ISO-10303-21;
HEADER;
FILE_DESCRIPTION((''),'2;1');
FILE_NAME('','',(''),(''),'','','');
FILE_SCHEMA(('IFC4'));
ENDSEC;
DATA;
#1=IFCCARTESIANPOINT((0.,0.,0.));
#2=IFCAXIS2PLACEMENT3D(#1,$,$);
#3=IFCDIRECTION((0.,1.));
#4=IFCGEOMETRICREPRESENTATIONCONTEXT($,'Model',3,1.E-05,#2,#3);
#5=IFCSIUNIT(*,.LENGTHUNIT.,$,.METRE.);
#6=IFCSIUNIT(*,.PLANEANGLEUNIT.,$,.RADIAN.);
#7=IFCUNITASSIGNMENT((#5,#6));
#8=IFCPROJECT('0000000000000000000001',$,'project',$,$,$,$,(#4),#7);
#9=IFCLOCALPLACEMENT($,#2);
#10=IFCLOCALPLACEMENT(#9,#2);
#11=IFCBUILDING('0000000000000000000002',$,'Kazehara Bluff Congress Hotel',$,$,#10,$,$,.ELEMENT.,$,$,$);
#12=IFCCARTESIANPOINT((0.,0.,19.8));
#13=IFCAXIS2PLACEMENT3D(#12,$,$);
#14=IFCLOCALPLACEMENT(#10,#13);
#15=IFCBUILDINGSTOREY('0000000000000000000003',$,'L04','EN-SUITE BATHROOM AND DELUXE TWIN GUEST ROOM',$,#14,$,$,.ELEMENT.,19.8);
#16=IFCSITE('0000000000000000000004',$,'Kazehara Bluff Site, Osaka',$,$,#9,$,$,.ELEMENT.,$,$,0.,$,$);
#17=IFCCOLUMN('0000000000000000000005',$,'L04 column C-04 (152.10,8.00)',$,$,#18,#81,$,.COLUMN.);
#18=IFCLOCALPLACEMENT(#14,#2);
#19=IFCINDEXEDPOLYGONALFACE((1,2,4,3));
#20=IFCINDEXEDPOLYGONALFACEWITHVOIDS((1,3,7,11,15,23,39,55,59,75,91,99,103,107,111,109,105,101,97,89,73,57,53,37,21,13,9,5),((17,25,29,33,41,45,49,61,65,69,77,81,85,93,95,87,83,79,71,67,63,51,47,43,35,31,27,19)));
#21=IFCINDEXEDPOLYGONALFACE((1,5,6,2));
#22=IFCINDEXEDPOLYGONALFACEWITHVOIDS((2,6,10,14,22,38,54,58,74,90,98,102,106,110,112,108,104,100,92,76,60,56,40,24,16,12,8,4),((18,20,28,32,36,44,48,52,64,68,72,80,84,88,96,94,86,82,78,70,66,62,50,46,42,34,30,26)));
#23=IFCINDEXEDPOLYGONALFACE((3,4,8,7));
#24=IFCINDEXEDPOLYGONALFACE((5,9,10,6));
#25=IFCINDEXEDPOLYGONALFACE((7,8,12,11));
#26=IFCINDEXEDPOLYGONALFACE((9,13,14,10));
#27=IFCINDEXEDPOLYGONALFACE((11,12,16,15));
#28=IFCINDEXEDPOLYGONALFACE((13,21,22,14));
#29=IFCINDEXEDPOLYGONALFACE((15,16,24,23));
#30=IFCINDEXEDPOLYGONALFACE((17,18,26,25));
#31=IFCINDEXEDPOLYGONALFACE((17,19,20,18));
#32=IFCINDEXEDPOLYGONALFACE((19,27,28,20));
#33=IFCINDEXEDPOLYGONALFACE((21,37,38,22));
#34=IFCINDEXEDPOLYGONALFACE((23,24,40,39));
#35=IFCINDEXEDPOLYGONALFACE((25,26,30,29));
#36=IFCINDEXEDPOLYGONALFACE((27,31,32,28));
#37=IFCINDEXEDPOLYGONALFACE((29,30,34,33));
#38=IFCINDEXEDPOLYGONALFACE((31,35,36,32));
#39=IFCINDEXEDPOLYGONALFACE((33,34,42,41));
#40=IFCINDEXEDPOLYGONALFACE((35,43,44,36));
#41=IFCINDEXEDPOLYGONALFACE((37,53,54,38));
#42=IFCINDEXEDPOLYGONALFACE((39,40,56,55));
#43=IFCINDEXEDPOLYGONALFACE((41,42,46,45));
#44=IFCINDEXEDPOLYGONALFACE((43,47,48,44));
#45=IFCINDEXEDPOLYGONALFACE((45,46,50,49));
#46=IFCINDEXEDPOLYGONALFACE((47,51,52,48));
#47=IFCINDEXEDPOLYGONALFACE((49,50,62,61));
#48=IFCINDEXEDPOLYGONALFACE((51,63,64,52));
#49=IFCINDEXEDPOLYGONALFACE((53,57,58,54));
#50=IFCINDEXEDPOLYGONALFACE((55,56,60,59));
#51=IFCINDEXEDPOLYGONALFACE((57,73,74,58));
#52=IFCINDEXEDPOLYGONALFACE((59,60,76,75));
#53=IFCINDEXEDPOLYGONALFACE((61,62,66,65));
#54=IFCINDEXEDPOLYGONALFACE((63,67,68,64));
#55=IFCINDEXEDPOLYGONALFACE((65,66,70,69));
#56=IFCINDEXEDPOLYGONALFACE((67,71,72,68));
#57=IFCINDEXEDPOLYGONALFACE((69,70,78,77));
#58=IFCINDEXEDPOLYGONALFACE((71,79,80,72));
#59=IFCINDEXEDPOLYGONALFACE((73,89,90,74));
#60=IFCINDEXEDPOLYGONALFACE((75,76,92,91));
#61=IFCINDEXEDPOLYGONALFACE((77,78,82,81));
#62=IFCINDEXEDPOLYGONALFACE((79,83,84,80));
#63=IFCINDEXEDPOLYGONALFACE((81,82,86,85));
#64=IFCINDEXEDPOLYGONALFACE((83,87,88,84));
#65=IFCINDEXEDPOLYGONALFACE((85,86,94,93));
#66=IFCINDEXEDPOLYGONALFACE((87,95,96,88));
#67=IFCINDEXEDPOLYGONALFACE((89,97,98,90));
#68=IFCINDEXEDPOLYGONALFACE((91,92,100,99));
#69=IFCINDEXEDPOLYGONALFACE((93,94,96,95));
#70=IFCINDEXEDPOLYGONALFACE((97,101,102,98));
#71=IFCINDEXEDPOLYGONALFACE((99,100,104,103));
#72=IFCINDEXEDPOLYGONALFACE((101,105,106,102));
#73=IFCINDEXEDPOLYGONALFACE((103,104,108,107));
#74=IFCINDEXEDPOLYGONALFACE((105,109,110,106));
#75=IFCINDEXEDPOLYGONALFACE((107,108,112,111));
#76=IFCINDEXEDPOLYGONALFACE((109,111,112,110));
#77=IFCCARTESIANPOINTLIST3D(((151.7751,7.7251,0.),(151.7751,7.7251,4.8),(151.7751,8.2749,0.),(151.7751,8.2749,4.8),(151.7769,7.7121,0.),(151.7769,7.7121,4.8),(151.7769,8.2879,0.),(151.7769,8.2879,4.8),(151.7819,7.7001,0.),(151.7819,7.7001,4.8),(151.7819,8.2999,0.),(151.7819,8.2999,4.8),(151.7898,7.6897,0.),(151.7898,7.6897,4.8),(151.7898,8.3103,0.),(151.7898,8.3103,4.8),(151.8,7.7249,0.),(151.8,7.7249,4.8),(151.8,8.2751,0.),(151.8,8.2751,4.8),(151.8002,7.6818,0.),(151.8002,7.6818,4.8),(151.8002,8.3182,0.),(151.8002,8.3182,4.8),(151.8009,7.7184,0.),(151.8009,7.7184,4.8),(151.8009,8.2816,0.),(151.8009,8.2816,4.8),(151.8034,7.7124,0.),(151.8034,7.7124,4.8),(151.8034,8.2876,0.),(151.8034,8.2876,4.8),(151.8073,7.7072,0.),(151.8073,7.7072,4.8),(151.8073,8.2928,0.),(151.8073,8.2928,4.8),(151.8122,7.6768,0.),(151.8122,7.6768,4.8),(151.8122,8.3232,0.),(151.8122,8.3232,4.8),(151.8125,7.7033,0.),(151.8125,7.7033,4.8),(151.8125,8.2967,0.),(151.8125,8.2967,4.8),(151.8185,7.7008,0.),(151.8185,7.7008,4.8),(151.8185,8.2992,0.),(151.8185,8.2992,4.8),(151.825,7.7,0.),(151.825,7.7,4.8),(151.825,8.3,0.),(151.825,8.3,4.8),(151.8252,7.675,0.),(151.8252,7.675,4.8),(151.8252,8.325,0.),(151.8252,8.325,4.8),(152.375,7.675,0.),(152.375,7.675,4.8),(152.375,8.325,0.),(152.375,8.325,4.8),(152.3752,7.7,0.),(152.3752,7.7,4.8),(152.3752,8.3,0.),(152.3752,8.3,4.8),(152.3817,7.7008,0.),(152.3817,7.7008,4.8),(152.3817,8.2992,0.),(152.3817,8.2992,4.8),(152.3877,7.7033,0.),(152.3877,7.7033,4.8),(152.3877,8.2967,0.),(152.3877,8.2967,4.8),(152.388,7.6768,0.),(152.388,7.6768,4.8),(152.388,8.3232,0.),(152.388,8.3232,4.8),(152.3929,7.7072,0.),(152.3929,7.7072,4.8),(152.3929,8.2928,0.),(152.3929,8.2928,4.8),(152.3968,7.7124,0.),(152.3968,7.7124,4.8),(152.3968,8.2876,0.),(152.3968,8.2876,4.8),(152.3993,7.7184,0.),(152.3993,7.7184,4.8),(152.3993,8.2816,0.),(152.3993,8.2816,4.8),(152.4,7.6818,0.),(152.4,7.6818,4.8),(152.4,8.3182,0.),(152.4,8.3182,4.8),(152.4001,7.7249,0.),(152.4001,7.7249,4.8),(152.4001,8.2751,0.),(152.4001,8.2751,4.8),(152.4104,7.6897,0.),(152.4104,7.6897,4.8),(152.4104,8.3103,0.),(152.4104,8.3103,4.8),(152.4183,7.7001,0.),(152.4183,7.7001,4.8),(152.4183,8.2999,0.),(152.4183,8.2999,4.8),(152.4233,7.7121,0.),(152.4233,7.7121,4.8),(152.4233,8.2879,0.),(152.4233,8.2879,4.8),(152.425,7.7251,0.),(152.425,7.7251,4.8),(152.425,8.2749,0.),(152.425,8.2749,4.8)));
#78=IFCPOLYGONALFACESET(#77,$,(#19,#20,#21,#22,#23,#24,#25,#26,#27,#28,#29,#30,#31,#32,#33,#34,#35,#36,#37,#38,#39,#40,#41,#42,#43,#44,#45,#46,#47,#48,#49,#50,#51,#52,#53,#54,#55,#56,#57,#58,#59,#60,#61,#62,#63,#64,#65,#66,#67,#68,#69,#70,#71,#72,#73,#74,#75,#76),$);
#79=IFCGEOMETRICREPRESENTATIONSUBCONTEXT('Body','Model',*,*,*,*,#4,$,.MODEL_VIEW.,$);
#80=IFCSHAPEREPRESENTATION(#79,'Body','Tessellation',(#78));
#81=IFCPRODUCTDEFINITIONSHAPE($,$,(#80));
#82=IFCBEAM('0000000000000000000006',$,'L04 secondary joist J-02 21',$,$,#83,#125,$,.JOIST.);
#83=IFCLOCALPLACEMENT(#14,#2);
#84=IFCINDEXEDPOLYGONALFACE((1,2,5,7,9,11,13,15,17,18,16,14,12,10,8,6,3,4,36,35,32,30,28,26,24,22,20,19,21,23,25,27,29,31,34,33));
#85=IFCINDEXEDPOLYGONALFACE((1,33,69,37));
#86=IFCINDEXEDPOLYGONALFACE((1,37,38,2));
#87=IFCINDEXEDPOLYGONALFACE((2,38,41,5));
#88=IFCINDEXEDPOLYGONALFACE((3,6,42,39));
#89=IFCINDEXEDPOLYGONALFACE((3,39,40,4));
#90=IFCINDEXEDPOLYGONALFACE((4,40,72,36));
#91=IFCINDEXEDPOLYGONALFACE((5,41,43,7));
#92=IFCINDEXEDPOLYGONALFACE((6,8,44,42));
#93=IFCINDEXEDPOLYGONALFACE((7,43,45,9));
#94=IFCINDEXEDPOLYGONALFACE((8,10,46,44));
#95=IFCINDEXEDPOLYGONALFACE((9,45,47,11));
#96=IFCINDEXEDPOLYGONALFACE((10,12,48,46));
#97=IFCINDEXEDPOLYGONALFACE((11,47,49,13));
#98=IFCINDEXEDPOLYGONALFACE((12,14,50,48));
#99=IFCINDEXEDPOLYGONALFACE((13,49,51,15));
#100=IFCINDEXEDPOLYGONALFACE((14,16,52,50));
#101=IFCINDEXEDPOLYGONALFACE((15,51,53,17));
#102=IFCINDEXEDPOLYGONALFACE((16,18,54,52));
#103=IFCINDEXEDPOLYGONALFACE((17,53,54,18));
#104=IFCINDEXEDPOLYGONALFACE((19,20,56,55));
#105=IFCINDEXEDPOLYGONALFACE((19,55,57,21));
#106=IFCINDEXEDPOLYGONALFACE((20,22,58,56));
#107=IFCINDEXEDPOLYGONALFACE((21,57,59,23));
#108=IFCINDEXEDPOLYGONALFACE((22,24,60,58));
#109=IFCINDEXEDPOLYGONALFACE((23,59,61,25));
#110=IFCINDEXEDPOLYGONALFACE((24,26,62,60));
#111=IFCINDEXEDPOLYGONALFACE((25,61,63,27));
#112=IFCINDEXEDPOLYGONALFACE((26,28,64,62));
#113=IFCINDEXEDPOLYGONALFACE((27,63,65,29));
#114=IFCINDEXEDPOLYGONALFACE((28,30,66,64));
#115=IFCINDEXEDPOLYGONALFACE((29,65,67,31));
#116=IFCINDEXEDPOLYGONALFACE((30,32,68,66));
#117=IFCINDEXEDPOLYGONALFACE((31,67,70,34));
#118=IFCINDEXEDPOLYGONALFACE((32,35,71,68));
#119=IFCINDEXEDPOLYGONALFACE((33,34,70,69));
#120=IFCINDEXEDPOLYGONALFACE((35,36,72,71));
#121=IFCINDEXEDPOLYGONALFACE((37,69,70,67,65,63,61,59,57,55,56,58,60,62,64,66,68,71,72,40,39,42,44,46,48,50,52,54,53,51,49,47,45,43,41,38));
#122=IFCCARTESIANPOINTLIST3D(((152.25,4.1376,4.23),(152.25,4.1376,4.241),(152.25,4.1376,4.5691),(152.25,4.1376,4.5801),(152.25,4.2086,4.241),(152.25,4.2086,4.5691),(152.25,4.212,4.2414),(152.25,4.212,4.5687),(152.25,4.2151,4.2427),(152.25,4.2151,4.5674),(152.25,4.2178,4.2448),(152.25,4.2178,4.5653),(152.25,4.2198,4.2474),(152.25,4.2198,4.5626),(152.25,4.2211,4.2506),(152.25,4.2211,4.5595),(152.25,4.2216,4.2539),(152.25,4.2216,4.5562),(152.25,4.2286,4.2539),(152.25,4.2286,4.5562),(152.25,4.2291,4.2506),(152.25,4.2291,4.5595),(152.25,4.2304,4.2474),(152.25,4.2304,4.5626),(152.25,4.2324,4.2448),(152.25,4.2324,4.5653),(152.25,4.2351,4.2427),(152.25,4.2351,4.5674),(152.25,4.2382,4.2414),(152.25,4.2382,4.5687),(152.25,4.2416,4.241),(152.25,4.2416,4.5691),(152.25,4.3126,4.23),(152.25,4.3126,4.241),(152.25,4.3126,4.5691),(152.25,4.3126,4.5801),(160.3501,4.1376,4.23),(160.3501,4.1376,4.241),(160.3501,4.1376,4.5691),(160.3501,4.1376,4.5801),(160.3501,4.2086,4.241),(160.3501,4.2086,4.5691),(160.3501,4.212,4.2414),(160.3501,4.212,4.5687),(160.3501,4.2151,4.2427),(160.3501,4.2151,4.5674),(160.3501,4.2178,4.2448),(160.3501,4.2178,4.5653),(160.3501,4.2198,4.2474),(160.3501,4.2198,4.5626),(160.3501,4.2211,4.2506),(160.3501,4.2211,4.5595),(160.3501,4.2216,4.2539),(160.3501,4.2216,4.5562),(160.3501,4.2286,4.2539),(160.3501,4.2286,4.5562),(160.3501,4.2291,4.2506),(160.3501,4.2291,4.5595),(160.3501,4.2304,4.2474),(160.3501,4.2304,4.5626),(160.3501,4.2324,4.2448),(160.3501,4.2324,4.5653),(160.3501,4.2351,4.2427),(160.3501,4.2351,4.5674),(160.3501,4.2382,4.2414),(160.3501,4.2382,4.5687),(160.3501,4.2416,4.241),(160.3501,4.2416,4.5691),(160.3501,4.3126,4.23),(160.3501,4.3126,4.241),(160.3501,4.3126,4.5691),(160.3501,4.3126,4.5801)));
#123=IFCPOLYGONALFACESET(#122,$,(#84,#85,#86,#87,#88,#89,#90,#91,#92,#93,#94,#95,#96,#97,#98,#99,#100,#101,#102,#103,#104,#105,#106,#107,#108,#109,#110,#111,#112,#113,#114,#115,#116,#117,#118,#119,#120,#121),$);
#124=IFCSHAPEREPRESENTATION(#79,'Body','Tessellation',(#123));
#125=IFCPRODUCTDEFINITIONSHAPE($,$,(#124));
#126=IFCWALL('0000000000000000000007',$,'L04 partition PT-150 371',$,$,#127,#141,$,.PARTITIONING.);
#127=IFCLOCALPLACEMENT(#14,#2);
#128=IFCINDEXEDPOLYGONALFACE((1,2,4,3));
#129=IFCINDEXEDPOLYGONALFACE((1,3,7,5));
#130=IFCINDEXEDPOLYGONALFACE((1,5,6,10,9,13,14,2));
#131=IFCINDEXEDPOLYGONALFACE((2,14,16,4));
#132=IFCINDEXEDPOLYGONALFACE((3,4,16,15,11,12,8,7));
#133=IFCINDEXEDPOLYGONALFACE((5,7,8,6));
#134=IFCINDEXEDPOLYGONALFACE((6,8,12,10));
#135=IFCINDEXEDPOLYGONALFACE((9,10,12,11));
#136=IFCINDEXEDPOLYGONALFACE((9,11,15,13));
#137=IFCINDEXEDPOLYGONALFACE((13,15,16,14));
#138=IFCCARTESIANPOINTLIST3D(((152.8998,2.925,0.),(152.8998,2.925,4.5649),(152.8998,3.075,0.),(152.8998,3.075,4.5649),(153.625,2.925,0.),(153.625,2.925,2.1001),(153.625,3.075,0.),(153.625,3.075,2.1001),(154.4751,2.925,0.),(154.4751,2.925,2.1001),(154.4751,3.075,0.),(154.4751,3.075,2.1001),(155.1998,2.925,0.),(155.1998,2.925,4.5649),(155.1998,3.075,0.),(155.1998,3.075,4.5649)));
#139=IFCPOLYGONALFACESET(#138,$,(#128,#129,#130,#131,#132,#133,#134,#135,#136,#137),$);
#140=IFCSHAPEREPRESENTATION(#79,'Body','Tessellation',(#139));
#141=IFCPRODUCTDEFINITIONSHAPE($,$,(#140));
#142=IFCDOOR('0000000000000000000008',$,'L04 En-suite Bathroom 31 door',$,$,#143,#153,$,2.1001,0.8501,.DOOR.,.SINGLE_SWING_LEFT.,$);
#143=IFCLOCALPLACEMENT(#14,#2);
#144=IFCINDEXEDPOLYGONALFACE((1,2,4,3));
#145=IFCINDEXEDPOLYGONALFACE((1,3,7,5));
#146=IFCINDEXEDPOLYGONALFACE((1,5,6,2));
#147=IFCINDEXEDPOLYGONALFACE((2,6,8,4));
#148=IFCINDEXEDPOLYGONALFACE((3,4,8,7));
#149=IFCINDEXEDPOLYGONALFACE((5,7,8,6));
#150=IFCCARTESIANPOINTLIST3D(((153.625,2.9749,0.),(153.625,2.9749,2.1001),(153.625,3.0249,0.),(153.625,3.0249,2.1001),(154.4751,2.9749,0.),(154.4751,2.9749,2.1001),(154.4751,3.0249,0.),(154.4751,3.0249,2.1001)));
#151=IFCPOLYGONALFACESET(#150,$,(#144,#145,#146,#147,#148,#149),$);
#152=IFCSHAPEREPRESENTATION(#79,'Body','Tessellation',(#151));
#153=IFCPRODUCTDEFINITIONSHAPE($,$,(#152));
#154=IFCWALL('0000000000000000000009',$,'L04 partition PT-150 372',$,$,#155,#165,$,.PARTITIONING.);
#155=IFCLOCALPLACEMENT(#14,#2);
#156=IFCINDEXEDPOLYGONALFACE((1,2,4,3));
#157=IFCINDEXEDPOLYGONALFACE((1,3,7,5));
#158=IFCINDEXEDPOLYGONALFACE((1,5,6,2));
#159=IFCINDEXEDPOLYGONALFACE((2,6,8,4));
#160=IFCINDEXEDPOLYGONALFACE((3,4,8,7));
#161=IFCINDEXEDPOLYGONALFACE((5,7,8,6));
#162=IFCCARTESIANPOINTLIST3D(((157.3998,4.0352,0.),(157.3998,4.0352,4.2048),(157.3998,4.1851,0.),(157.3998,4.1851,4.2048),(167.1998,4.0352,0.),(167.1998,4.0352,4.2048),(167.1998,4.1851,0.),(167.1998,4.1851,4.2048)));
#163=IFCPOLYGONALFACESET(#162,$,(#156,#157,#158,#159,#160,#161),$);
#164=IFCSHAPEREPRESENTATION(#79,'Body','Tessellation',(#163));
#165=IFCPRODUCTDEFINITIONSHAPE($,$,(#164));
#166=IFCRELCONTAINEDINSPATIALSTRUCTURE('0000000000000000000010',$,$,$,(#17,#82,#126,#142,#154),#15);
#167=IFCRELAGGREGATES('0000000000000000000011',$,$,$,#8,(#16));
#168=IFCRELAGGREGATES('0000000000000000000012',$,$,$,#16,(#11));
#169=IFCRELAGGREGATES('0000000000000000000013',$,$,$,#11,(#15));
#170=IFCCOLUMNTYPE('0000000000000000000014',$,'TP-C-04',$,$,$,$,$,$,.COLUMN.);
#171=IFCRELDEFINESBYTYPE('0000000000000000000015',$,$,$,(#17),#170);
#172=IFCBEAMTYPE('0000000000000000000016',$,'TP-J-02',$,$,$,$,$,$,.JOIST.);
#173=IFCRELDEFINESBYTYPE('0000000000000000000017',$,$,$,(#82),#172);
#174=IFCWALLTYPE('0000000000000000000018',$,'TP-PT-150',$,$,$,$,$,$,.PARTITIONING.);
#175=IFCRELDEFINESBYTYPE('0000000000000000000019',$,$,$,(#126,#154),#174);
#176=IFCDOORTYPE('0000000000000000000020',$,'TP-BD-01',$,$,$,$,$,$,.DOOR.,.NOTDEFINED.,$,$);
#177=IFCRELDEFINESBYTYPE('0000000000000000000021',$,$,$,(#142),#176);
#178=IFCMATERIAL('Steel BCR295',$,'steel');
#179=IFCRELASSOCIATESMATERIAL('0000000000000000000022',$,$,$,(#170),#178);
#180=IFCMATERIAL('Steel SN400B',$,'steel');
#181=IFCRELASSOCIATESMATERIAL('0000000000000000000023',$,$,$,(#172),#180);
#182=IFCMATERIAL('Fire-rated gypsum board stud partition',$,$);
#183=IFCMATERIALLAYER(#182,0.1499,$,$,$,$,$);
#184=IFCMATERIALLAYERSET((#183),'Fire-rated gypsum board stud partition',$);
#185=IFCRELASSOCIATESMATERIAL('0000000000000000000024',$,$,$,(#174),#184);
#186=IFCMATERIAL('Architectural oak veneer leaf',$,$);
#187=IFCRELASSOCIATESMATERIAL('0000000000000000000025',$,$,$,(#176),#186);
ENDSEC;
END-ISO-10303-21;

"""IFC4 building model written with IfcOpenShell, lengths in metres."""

from ifc_helpers import new_model, si_unit, direction, frame, frame_2d, origin, origin_2d, place, context, subcontext, project, spatial, rectangle, hollow_rectangle, i_section, extrude, material, layer, layer_set, material_profile, profile_set, type_object, element, fill, save


model = new_model("IFC4")

# Units and contexts
model_context = context("Model", 3, precision=1e-05, world=origin(), true_north=direction((0.0, 1.0)))
body_context = subcontext(model_context, "Body", "Model", "MODEL_VIEW")
ifc_project = project(units=[si_unit("LENGTHUNIT", "METRE"), si_unit("PLANEANGLEUNIT", "RADIAN")], contexts=[model_context])

# Site, building, storey
site_placement = place(None, origin())
site = spatial("IfcSite", under=ifc_project, at=site_placement, Name="Kazehara Bluff Site, Osaka", CompositionType="ELEMENT", RefElevation=0.0)
building_placement = place(site_placement, origin())
building = spatial("IfcBuilding", under=site, at=building_placement, Name="Kazehara Bluff Congress Hotel", CompositionType="ELEMENT")
storey_placement = place(building_placement, frame((0.0, 0.0, 19.8)))
storey = spatial("IfcBuildingStorey", under=building, at=storey_placement, Name="L04", Description="EN-SUITE BATHROOM AND DELUXE TWIN GUEST ROOM", CompositionType="ELEMENT", Elevation=19.8)

# Column
ifc_material_1 = material(Name="Steel BCR295", Category="steel")
ifc_material_profile_1 = material_profile(ifc_material_1, hollow_rectangle(XDim=0.6499, YDim=0.6499, WallThickness=0.0249, InnerFilletRadius=0.0249, OuterFilletRadius=0.05, at=origin_2d()))
ifc_profile_set_1 = profile_set([ifc_material_profile_1], Name="Steel BCR295")
column_type = type_object("IfcColumnType", Name="TP-C-04", PredefinedType="COLUMN", material=ifc_profile_set_1)
column_placement = place(storey_placement, frame((152.1001, 8.0, 0.0), z_axis=(0.0, 0.0, 1.0), x_axis=(1.0, 0.0, 0.0)))
element("IfcColumn", 1, at=column_placement, inside=storey, type_object=column_type, Name="L04 column C-04 (152.10,8.00)", PredefinedType="COLUMN", context=body_context, shape_type="SweptSolid", body=[
    extrude(hollow_rectangle(XDim=0.6499, YDim=0.6499, WallThickness=0.0249, InnerFilletRadius=0.0249, OuterFilletRadius=0.05, at=origin_2d()), origin(), (0.0, 0.0, 1.0), 4.8),
])

# Beam
ifc_material_2 = material(Name="Steel SN400B", Category="steel")
ifc_material_profile_2 = material_profile(ifc_material_2, i_section(OverallWidth=0.175, OverallDepth=0.3501, WebThickness=0.0071, FlangeThickness=0.011, FilletRadius=0.0129, at=origin_2d()))
ifc_profile_set_2 = profile_set([ifc_material_profile_2], Name="Steel SN400B")
beam_type = type_object("IfcBeamType", Name="TP-J-02", PredefinedType="JOIST", material=ifc_profile_set_2)
beam_placement = place(storey_placement, frame((152.25, 4.2251, 4.405), z_axis=(1.0, 0.0, 0.0), x_axis=(0.0, 1.0, 0.0)))
element("IfcBeam", 2, at=beam_placement, inside=storey, type_object=beam_type, Name="L04 secondary joist J-02 21", PredefinedType="JOIST", context=body_context, shape_type="SweptSolid", body=[
    extrude(i_section(OverallWidth=0.175, OverallDepth=0.3501, WebThickness=0.0071, FlangeThickness=0.011, FilletRadius=0.0129, at=origin_2d()), origin(), (0.0, 0.0, 1.0), 8.1001),
])

# Wall, opening, door
ifc_material_3 = material(Name="Fire-rated gypsum board stud partition")
ifc_layer = layer(ifc_material_3, 0.1499)
ifc_layer_set = layer_set([ifc_layer], Name="Fire-rated gypsum board stud partition")
wall_type = type_object("IfcWallType", Name="TP-PT-150", PredefinedType="PARTITIONING", material=ifc_layer_set)
wall_1_placement = place(storey_placement, frame((152.8999, 3.0, 0.0), z_axis=(0.0, 0.0, 1.0), x_axis=(1.0, 0.0, 0.0)))
wall_1 = element("IfcWall", 3, at=wall_1_placement, inside=storey, type_object=wall_type, Name="L04 partition PT-150 371", PredefinedType="PARTITIONING", context=body_context, shape_type="SweptSolid", body=[
    extrude(rectangle(XDim=2.3, YDim=0.1499, at=frame_2d((1.1499, 0.0))), origin(), (0.0, 0.0, 1.0), 4.5649),
])
opening_1_placement = place(wall_1_placement, frame((0.7251, 0.0, 0.0)))
opening_1 = element("IfcOpeningElement", 4, at=opening_1_placement, cuts=wall_1, PredefinedType="OPENING", context=body_context, shape_type="SweptSolid", body=[
    extrude(rectangle(XDim=0.8501, YDim=2.1001, at=frame_2d((0.425, 1.05))), frame((0.0, 0.085, 0.0), z_axis=(0.0, -1.0, 0.0), x_axis=(1.0, 0.0, 0.0)), (0.0, 0.0, 1.0), 0.1699),
])
ifc_material_4 = material(Name="Architectural oak veneer leaf")
door_type = type_object("IfcDoorType", Name="TP-BD-01", OperationType="NOTDEFINED", PredefinedType="DOOR", material=ifc_material_4)
door_1_placement = place(opening_1_placement, origin())
door_1 = element("IfcDoor", 5, at=door_1_placement, inside=storey, type_object=door_type, Name="L04 En-suite Bathroom 31 door", OperationType="SINGLE_SWING_LEFT", OverallHeight=2.1001, OverallWidth=0.8501, PredefinedType="DOOR", context=body_context, shape_type="SweptSolid", body=[
    extrude(rectangle(XDim=0.8501, YDim=2.1001, at=frame_2d((0.425, 1.05))), frame((0.0, 0.0249, 0.0), z_axis=(0.0, -1.0, 0.0), x_axis=(1.0, 0.0, 0.0)), (0.0, 0.0, 1.0), 0.05),
])
fill(opening_1, door_1)

# Wall
wall_2_placement = place(storey_placement, frame((157.3999, 4.1101, 0.0), z_axis=(0.0, 0.0, 1.0), x_axis=(1.0, 0.0, 0.0)))
element("IfcWall", 6, at=wall_2_placement, inside=storey, type_object=wall_type, Name="L04 partition PT-150 372", PredefinedType="PARTITIONING", context=body_context, shape_type="SweptSolid", body=[
    extrude(rectangle(XDim=9.8, YDim=0.1499, at=frame_2d((4.8999, 0.0))), origin(), (0.0, 0.0, 1.0), 4.2048),
])

save(model, "model.ifc")
